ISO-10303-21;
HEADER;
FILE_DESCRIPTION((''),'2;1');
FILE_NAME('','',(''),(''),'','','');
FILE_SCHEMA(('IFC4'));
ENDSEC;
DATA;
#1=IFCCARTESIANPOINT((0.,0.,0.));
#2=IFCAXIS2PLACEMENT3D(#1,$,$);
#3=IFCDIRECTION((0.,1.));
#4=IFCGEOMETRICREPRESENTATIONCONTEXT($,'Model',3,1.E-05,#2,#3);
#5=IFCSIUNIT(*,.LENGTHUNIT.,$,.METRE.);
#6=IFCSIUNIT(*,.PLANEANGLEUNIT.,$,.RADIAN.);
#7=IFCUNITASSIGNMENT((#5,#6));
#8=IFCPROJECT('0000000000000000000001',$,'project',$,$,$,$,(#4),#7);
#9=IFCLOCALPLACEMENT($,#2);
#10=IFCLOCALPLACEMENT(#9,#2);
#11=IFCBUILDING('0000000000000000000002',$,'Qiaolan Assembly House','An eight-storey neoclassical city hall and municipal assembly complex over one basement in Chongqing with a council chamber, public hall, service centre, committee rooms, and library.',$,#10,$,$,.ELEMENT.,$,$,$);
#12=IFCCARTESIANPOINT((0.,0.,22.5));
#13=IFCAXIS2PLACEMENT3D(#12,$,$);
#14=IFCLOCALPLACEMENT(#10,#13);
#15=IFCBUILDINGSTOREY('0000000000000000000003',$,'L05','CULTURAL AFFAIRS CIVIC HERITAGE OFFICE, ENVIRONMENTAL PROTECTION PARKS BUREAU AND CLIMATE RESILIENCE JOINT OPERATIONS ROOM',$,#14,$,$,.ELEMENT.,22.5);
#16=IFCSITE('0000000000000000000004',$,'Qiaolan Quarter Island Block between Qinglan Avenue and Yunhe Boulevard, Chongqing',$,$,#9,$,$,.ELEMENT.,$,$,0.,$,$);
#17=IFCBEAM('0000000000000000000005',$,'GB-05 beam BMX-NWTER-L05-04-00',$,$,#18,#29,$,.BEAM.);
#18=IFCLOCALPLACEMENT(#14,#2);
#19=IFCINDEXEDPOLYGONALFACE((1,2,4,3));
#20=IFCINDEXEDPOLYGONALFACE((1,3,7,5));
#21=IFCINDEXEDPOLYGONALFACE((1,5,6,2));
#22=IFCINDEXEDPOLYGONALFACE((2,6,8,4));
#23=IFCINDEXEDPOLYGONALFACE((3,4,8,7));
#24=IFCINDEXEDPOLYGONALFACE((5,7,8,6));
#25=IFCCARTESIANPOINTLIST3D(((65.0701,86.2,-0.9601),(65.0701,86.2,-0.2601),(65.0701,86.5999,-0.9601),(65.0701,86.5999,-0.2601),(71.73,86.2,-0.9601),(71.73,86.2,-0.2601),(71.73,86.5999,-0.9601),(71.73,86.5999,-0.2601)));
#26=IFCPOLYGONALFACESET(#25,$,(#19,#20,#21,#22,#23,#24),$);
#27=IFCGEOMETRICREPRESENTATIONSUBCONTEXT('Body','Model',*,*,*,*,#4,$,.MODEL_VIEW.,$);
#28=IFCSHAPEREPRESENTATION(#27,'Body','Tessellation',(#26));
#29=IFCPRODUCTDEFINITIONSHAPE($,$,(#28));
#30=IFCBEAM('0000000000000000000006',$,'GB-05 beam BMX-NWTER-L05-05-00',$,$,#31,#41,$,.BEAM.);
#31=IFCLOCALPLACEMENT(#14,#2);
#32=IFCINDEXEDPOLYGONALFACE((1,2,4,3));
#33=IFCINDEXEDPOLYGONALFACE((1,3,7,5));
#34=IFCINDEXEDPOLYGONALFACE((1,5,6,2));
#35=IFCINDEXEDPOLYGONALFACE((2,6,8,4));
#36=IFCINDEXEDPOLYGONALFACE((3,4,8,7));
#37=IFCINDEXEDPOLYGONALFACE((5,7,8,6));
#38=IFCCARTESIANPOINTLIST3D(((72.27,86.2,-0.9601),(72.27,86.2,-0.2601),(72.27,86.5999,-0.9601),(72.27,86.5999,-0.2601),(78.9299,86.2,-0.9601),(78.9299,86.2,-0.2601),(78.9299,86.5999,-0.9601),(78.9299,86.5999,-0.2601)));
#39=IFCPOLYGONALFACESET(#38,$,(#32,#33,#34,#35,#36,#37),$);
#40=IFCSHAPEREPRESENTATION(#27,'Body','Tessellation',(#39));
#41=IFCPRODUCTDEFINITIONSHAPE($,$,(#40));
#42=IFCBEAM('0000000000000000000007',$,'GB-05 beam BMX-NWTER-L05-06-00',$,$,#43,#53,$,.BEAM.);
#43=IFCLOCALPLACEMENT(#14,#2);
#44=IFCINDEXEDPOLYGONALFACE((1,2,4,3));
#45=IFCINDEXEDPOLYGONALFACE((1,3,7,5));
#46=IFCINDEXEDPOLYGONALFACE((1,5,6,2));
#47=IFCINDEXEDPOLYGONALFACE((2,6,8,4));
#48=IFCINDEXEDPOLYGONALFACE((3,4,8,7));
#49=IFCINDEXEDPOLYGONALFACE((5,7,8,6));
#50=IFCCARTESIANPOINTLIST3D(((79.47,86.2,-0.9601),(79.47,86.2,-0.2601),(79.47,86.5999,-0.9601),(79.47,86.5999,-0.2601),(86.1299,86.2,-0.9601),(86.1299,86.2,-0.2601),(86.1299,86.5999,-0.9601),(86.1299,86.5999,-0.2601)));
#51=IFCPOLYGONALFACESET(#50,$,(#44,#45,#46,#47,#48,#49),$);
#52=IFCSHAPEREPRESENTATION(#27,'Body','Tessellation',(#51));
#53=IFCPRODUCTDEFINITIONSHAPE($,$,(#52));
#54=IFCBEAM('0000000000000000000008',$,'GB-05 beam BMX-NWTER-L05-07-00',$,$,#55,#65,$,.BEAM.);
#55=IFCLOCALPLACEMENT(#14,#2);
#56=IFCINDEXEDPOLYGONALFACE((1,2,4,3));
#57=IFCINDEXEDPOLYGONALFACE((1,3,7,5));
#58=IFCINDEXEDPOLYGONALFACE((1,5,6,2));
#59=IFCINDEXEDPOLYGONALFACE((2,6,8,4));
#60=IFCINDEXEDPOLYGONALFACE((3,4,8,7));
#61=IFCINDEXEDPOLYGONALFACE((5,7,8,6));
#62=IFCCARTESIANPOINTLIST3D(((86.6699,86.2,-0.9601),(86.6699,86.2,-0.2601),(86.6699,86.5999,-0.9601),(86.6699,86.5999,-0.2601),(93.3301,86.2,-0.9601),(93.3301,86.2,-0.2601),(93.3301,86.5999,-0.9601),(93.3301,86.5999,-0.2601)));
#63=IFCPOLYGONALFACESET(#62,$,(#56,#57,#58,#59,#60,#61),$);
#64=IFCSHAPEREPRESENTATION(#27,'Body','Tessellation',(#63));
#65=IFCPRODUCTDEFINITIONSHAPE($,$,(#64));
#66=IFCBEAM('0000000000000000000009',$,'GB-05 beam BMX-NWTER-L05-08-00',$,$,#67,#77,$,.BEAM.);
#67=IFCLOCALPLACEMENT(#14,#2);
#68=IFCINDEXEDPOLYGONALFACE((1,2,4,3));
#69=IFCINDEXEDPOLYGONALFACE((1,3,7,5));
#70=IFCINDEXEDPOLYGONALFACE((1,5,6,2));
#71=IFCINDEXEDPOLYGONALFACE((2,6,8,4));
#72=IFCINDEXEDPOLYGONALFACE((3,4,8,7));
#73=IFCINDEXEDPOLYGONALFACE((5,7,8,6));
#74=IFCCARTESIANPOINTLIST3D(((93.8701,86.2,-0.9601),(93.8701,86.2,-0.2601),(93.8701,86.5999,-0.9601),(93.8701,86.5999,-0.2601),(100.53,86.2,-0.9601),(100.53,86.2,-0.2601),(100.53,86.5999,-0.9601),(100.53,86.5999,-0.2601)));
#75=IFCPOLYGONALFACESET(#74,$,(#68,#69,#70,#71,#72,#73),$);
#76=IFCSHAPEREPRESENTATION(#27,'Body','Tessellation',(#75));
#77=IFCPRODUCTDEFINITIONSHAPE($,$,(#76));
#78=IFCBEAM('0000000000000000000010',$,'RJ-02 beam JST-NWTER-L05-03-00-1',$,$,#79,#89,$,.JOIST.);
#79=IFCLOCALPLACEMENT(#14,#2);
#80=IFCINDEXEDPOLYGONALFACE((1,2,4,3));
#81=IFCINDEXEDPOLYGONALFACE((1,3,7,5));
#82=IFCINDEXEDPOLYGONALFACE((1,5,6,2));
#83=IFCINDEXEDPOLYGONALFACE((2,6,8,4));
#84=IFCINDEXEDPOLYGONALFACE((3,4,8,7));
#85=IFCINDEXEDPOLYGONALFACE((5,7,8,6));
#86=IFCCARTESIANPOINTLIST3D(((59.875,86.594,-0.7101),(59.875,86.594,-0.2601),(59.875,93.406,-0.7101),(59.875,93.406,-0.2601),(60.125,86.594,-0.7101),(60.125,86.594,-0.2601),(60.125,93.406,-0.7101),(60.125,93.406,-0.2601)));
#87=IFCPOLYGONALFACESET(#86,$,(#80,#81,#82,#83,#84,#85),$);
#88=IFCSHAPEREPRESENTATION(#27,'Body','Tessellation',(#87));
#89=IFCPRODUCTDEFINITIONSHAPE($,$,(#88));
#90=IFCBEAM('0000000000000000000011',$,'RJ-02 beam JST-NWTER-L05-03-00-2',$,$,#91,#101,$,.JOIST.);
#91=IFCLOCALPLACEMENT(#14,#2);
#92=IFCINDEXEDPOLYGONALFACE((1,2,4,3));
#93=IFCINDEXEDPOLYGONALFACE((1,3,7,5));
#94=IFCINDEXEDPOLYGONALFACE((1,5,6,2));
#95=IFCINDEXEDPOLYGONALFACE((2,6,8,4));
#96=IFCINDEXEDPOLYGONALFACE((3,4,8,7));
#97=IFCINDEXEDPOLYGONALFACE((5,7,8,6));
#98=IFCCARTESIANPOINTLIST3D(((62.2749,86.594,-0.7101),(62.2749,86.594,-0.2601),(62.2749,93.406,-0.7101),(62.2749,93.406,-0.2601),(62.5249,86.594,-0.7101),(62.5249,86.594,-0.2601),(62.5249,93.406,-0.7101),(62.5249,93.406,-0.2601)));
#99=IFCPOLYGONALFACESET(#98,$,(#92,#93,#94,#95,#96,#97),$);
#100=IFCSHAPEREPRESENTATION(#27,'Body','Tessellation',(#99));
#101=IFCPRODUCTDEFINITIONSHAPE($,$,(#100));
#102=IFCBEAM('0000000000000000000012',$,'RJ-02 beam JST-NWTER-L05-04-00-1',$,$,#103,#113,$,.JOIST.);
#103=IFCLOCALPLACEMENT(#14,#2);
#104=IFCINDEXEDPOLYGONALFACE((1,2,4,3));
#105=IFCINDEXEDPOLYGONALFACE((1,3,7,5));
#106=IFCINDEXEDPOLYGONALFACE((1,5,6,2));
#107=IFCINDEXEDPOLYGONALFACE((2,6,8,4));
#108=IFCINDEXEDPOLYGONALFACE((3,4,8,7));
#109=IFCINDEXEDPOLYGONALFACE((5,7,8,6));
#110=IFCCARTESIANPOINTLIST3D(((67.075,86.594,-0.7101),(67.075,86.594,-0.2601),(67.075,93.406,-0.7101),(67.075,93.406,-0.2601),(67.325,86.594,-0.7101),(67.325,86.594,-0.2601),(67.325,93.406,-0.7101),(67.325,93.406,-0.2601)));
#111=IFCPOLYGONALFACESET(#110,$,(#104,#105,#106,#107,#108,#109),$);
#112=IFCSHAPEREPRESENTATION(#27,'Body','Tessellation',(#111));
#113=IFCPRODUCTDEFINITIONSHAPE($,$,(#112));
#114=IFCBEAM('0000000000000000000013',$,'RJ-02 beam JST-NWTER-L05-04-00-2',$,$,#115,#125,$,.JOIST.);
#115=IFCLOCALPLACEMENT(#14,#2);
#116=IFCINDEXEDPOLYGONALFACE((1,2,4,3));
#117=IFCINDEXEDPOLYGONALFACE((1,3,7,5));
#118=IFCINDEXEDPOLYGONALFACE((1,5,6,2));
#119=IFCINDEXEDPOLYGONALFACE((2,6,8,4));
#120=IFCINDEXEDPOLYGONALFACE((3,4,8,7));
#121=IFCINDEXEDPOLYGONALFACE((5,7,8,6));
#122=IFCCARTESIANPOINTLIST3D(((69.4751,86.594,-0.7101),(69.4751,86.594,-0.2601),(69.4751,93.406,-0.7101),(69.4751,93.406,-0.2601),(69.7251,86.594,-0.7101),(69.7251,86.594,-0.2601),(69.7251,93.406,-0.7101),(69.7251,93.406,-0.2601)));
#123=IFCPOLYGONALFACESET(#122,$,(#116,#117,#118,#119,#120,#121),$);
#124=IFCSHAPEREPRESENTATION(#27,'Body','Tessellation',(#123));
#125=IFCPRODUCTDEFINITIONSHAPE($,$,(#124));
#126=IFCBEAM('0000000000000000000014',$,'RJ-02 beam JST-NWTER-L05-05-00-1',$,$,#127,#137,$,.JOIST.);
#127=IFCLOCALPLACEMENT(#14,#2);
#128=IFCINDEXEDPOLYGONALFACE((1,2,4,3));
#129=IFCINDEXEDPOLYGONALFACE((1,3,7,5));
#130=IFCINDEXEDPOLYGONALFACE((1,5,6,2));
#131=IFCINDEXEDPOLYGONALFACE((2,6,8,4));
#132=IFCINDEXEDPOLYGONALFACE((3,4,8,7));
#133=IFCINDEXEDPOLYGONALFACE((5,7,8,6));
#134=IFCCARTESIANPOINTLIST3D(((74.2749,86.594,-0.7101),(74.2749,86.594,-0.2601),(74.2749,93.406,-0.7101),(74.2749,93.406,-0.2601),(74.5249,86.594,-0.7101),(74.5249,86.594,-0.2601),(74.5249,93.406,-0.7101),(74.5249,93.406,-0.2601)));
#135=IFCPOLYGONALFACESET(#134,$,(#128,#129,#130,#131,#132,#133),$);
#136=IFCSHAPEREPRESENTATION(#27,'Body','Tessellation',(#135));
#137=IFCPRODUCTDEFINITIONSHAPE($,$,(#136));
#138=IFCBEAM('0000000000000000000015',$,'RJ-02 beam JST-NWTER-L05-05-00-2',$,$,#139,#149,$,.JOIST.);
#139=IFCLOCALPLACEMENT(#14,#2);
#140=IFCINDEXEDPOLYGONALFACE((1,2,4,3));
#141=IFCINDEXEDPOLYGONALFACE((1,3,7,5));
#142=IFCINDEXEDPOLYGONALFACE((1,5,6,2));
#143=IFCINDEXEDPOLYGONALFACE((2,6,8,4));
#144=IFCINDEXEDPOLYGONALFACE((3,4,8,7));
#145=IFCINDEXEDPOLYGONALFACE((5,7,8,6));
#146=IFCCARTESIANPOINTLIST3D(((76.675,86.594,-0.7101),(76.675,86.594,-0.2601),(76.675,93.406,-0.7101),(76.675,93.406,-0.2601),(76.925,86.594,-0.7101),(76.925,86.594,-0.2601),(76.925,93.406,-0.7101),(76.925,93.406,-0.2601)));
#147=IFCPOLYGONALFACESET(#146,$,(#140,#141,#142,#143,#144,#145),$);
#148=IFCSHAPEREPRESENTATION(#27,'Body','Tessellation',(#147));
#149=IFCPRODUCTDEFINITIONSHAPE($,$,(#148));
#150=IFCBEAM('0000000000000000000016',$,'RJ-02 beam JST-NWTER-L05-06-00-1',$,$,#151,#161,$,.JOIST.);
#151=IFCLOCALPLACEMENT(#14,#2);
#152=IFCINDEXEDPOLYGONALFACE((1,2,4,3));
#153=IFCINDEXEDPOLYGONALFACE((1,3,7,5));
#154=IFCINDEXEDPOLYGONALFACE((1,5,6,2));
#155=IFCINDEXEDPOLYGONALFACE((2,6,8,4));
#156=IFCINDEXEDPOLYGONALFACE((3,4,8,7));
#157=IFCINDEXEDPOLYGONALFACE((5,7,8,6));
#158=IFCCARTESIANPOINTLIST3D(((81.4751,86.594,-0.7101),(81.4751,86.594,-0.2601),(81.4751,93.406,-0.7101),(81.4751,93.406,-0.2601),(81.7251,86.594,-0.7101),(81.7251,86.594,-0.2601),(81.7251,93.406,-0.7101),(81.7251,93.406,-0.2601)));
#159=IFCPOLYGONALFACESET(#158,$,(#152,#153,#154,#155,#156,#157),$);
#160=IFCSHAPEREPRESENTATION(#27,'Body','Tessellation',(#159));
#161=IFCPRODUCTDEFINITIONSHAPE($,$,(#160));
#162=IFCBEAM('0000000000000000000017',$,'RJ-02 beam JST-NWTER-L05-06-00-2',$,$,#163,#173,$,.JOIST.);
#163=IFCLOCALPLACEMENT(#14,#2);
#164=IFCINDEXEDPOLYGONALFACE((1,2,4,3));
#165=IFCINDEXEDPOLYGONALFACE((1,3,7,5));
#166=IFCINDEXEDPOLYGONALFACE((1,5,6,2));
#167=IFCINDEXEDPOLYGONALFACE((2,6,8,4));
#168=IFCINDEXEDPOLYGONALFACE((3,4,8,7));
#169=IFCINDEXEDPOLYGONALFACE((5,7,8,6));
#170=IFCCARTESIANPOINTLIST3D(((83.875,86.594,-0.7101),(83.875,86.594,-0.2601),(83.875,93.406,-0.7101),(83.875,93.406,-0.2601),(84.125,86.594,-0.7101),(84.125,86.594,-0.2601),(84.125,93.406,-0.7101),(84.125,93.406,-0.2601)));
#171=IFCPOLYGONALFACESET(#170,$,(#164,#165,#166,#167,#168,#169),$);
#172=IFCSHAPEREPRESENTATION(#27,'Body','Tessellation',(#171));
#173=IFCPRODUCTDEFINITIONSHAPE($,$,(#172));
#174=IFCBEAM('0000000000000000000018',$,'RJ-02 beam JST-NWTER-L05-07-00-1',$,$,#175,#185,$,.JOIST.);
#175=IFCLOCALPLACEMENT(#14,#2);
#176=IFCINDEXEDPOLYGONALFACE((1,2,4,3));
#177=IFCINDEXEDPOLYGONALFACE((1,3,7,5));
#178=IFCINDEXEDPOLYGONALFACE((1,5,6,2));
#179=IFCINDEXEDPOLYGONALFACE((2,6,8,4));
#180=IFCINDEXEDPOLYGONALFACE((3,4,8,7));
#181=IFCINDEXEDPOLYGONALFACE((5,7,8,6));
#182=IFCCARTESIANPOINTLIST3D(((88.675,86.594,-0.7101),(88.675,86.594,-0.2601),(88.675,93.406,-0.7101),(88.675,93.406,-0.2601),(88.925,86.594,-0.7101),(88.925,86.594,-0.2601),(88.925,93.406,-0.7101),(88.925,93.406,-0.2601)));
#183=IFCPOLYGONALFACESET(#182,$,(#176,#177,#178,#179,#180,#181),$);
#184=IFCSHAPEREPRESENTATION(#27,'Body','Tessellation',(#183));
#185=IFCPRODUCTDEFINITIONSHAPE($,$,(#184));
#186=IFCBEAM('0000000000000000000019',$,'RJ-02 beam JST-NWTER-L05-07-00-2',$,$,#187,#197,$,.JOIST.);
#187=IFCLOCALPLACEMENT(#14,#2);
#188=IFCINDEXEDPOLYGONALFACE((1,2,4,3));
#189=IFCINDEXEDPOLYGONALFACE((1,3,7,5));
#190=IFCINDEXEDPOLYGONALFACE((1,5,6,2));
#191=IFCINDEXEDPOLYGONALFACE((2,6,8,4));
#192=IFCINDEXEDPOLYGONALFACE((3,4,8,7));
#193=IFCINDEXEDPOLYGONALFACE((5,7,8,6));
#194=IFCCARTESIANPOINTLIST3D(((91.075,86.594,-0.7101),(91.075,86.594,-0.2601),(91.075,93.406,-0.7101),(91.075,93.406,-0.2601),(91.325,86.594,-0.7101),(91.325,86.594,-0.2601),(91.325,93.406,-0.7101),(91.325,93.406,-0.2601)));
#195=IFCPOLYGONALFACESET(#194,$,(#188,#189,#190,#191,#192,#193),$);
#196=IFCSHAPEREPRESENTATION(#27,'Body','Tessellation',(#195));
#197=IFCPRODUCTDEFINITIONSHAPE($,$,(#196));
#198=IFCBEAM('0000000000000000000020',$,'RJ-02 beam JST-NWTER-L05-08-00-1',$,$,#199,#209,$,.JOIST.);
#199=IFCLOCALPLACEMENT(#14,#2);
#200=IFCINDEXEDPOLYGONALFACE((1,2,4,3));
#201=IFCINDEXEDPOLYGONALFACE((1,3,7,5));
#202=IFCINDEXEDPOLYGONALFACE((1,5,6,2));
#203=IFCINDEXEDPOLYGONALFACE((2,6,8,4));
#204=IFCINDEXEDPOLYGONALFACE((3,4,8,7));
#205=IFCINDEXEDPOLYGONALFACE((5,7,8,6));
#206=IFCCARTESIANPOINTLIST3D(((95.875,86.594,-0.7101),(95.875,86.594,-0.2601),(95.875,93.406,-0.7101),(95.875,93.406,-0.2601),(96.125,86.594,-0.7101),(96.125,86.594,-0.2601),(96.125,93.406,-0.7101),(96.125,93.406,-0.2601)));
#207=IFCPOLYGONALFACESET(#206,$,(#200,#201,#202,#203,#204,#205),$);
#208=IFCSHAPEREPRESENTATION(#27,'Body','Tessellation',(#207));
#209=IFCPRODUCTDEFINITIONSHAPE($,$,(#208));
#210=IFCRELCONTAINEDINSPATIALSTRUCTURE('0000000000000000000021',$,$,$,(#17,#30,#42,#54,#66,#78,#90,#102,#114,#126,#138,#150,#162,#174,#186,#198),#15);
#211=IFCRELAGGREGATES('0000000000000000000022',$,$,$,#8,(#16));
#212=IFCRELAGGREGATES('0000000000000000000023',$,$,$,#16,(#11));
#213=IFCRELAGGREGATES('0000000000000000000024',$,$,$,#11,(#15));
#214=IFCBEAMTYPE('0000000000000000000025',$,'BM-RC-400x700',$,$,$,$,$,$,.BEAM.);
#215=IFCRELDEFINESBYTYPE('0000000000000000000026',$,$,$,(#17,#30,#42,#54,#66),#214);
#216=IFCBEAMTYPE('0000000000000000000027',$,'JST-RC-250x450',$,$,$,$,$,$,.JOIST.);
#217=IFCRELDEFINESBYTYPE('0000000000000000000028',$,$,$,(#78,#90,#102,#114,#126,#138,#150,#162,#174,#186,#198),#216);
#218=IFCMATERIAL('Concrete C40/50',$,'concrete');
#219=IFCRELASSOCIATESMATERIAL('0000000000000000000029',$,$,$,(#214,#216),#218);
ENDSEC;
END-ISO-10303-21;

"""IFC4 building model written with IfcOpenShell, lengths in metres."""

from ifc_helpers import new_model, si_unit, direction, frame, origin, origin_2d, place, context, subcontext, project, spatial, rectangle, extrude, material, material_profile, profile_set, type_object, element, save


model = new_model("IFC4")

# Units and contexts
model_context = context("Model", 3, precision=1e-05, world=origin(), true_north=direction((0.0, 1.0)))
body_context = subcontext(model_context, "Body", "Model", "MODEL_VIEW")
ifc_project = project(units=[si_unit("LENGTHUNIT", "METRE"), si_unit("PLANEANGLEUNIT", "RADIAN")], contexts=[model_context])

# Site, building, storey
site_placement = place(None, origin())
site = spatial("IfcSite", under=ifc_project, at=site_placement, Name="Qiaolan Quarter Island Block between Qinglan Avenue and Yunhe Boulevard, Chongqing", CompositionType="ELEMENT", RefElevation=0.0)
building_placement = place(site_placement, origin())
building = spatial("IfcBuilding", under=site, at=building_placement, Name="Qiaolan Assembly House", Description="An eight-storey neoclassical city hall and municipal assembly complex over one basement in Chongqing with a council chamber, public hall, service centre, committee rooms, and library.", CompositionType="ELEMENT")
storey_placement = place(building_placement, frame((0.0, 0.0, 22.5)))
storey = spatial("IfcBuildingStorey", under=building, at=storey_placement, Name="L05", Description="CULTURAL AFFAIRS CIVIC HERITAGE OFFICE, ENVIRONMENTAL PROTECTION PARKS BUREAU AND CLIMATE RESILIENCE JOINT OPERATIONS ROOM", CompositionType="ELEMENT", Elevation=22.5)

# Beams
ifc_material_1 = material(Name="Concrete C40/50", Category="concrete")
ifc_material_profile_1 = material_profile(ifc_material_1, rectangle(XDim=0.3999, YDim=0.7, at=origin_2d()), Name="RCB 400x700")
ifc_profile_set_1 = profile_set([ifc_material_profile_1], Name="Concrete C40/50")
beam_type_1 = type_object("IfcBeamType", Name="BM-RC-400x700", PredefinedType="BEAM", material=ifc_profile_set_1)
for number, where, z_axis, x_axis, name in (
    (1, (65.0701, 86.3999, -0.6101), (1.0, 0.0, 0.0), (0.0, 1.0, 0.0), "GB-05 beam BMX-NWTER-L05-04-00"),
    (2, (72.27, 86.3999, -0.6101), (1.0, 0.0, 0.0), (0.0, 1.0, 0.0), "GB-05 beam BMX-NWTER-L05-05-00"),
    (3, (79.47, 86.3999, -0.6101), (1.0, 0.0, 0.0), (0.0, 1.0, 0.0), "GB-05 beam BMX-NWTER-L05-06-00"),
):
    element("IfcBeam", number, at=place(storey_placement, frame(where, z_axis=z_axis, x_axis=x_axis)), inside=storey, type_object=beam_type_1, Name=name, PredefinedType="BEAM", context=body_context, shape_type="SweptSolid", body=[
        extrude(rectangle(XDim=0.3999, YDim=0.7, at=origin_2d()), origin(), (0.0, 0.0, 1.0), 6.6599),
    ])
beam_1_placement = place(storey_placement, frame((86.6699, 86.3999, -0.6101), z_axis=(1.0, 0.0, 0.0), x_axis=(0.0, 1.0, 0.0)))
element("IfcBeam", 4, at=beam_1_placement, inside=storey, type_object=beam_type_1, Name="GB-05 beam BMX-NWTER-L05-07-00", PredefinedType="BEAM", context=body_context, shape_type="SweptSolid", body=[
    extrude(rectangle(XDim=0.3999, YDim=0.7, at=origin_2d()), origin(), (0.0, 0.0, 1.0), 6.6602),
])
beam_2_placement = place(storey_placement, frame((93.8701, 86.3999, -0.6101), z_axis=(1.0, 0.0, 0.0), x_axis=(0.0, 1.0, 0.0)))
element("IfcBeam", 5, at=beam_2_placement, inside=storey, type_object=beam_type_1, Name="GB-05 beam BMX-NWTER-L05-08-00", PredefinedType="BEAM", context=body_context, shape_type="SweptSolid", body=[
    extrude(rectangle(XDim=0.3999, YDim=0.7, at=origin_2d()), origin(), (0.0, 0.0, 1.0), 6.6599),
])
ifc_material_profile_2 = material_profile(ifc_material_1, rectangle(XDim=0.25, YDim=0.45, at=origin_2d()), Name="RCB 250x450")
ifc_profile_set_2 = profile_set([ifc_material_profile_2], Name="Concrete C40/50")
beam_type_2 = type_object("IfcBeamType", Name="JST-RC-250x450", PredefinedType="JOIST", material=ifc_profile_set_2)
for number, where, z_axis, x_axis, name in (
    (6, (60.0, 86.594, -0.4851), (0.0, 1.0, 0.0), (-1.0, 0.0, 0.0), "RJ-02 beam JST-NWTER-L05-03-00-1"),
    (7, (62.3999, 86.594, -0.4851), (0.0, 1.0, 0.0), (-1.0, 0.0, 0.0), "RJ-02 beam JST-NWTER-L05-03-00-2"),
    (8, (67.2, 86.594, -0.4851), (0.0, 1.0, 0.0), (-1.0, 0.0, 0.0), "RJ-02 beam JST-NWTER-L05-04-00-1"),
    (9, (69.6001, 86.594, -0.4851), (0.0, 1.0, 0.0), (-1.0, 0.0, 0.0), "RJ-02 beam JST-NWTER-L05-04-00-2"),
    (10, (74.3999, 86.594, -0.4851), (0.0, 1.0, 0.0), (-1.0, 0.0, 0.0), "RJ-02 beam JST-NWTER-L05-05-00-1"),
    (11, (76.8, 86.594, -0.4851), (0.0, 1.0, 0.0), (-1.0, 0.0, 0.0), "RJ-02 beam JST-NWTER-L05-05-00-2"),
    (12, (81.6001, 86.594, -0.4851), (0.0, 1.0, 0.0), (-1.0, 0.0, 0.0), "RJ-02 beam JST-NWTER-L05-06-00-1"),
    (13, (84.0, 86.594, -0.4851), (0.0, 1.0, 0.0), (-1.0, 0.0, 0.0), "RJ-02 beam JST-NWTER-L05-06-00-2"),
    (14, (88.8, 86.594, -0.4851), (0.0, 1.0, 0.0), (-1.0, 0.0, 0.0), "RJ-02 beam JST-NWTER-L05-07-00-1"),
    (15, (91.2, 86.594, -0.4851), (0.0, 1.0, 0.0), (-1.0, 0.0, 0.0), "RJ-02 beam JST-NWTER-L05-07-00-2"),
    (16, (96.0, 86.594, -0.4851), (0.0, 1.0, 0.0), (-1.0, 0.0, 0.0), "RJ-02 beam JST-NWTER-L05-08-00-1"),
):
    element("IfcBeam", number, at=place(storey_placement, frame(where, z_axis=z_axis, x_axis=x_axis)), inside=storey, type_object=beam_type_2, Name=name, PredefinedType="JOIST", context=body_context, shape_type="SweptSolid", body=[
        extrude(rectangle(XDim=0.25, YDim=0.45, at=origin_2d()), origin(), (0.0, 0.0, 1.0), 6.812),
    ])

save(model, "model.ifc")
